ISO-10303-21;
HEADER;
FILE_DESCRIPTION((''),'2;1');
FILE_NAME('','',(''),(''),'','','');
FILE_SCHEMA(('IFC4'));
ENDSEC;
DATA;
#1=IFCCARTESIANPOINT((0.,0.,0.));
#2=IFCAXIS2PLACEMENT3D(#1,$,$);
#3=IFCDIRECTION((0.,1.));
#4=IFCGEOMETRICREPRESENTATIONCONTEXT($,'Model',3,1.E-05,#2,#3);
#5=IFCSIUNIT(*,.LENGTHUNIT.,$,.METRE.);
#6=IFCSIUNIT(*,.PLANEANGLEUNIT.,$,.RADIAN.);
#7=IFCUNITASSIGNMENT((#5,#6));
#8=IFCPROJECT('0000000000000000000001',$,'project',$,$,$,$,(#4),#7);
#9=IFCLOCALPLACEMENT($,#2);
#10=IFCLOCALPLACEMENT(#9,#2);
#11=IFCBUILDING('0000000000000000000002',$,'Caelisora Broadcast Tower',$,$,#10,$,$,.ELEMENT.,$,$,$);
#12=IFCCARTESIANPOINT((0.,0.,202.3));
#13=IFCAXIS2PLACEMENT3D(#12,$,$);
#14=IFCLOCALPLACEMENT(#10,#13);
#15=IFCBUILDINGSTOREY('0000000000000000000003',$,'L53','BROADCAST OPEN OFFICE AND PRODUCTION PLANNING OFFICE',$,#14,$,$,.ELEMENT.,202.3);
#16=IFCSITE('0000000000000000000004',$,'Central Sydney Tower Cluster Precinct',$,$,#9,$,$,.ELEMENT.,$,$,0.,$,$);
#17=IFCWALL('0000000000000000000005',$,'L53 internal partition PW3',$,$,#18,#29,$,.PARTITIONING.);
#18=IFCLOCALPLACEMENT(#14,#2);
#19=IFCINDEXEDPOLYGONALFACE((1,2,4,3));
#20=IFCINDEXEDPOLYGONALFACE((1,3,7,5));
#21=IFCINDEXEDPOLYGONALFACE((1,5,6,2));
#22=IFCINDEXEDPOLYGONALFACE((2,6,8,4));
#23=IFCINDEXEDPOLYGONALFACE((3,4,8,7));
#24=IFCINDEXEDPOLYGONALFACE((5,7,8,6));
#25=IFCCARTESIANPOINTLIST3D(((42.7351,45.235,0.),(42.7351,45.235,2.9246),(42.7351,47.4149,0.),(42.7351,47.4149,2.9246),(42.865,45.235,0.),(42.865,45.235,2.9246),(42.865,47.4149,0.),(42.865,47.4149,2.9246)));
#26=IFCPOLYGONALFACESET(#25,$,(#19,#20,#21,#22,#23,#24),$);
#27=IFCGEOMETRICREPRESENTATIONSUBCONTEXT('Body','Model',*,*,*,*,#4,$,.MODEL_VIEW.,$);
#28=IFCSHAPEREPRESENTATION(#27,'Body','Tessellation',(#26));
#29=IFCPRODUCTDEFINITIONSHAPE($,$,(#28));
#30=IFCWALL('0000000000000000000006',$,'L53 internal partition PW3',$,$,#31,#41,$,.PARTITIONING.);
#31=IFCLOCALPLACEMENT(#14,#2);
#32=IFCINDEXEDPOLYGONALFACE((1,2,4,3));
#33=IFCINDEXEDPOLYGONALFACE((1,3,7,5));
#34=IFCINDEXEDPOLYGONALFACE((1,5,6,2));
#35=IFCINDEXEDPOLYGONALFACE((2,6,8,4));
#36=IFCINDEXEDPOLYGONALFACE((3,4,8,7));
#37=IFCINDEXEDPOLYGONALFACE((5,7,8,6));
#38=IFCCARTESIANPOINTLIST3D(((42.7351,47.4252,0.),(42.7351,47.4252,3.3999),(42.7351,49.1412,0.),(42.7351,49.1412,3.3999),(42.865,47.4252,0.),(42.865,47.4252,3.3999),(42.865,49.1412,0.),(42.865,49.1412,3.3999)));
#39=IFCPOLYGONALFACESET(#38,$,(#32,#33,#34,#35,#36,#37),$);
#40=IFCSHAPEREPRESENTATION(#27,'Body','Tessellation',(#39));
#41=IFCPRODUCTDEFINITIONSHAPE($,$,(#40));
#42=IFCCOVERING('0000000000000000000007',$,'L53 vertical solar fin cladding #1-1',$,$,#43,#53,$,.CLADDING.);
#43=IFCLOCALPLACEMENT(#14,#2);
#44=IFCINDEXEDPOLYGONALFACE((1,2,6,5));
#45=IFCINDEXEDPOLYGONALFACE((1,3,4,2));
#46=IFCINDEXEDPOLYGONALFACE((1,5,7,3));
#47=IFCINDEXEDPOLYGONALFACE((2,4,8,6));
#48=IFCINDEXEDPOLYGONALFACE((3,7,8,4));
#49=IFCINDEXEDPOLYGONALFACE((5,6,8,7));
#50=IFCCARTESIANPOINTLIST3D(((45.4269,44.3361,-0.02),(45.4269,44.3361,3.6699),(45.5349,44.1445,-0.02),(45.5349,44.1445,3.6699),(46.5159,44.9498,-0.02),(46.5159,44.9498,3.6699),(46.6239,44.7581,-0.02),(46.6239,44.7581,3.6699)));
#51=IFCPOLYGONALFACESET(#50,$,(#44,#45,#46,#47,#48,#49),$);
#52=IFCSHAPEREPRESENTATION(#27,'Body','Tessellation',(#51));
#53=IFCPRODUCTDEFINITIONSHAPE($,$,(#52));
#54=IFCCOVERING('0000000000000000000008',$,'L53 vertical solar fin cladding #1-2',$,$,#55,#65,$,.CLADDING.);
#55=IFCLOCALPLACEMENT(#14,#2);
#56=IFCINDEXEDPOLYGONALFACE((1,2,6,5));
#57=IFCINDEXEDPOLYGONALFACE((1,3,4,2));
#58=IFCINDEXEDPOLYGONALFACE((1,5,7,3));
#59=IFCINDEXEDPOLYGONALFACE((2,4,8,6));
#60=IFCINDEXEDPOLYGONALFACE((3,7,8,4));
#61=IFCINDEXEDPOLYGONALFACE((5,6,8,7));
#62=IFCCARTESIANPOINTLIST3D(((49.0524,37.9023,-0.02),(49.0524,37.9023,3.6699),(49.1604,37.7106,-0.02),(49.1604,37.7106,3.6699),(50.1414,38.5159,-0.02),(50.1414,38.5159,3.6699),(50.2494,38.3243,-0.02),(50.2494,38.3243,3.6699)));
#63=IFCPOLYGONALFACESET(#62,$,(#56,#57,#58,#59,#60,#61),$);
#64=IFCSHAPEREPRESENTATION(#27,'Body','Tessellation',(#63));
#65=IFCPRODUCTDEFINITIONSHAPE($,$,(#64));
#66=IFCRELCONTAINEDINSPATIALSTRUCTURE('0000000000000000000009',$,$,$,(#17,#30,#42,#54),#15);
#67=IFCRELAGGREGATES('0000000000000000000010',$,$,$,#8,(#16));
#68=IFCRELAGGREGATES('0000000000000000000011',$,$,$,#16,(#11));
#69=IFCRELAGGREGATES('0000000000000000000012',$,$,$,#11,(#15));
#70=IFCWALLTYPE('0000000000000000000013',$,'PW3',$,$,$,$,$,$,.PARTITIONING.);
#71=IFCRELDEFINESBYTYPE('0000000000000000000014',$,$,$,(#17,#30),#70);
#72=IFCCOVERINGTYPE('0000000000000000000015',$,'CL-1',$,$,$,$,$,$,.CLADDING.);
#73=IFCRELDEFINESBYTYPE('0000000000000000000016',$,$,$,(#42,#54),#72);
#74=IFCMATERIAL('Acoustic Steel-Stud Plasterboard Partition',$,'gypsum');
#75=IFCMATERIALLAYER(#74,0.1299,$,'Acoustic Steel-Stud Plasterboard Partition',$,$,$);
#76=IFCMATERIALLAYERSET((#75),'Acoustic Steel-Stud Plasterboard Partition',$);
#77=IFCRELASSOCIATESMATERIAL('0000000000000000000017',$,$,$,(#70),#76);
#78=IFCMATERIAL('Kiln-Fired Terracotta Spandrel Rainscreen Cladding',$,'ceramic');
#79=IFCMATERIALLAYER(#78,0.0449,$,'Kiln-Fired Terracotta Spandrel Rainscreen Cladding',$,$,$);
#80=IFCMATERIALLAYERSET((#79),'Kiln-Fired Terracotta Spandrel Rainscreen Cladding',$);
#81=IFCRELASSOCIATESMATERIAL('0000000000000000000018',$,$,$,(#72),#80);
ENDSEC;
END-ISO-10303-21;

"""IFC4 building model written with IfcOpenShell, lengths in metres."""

from ifc_helpers import new_model, si_unit, direction, frame, frame_2d, origin, origin_2d, place, context, subcontext, project, spatial, rectangle, extrude, source, transform, mapped, material, layer, layer_set, type_object, type_shapes, element, save


model = new_model("IFC4")

# Units and contexts
model_context = context("Model", 3, precision=1e-05, world=origin(), true_north=direction((0.0, 1.0)))
body_context = subcontext(model_context, "Body", "Model", "MODEL_VIEW")
ifc_project = project(units=[si_unit("LENGTHUNIT", "METRE"), si_unit("PLANEANGLEUNIT", "RADIAN")], contexts=[model_context])

# Site, building, storey
site_placement = place(None, origin())
site = spatial("IfcSite", under=ifc_project, at=site_placement, Name="Central Sydney Tower Cluster Precinct", CompositionType="ELEMENT", RefElevation=0.0)
building_placement = place(site_placement, origin())
building = spatial("IfcBuilding", under=site, at=building_placement, Name="Caelisora Broadcast Tower", CompositionType="ELEMENT")
storey_placement = place(building_placement, frame((0.0, 0.0, 202.3)))
storey = spatial("IfcBuildingStorey", under=building, at=storey_placement, Name="L53", Description="BROADCAST OPEN OFFICE AND PRODUCTION PLANNING OFFICE", CompositionType="ELEMENT", Elevation=202.3)

# Shared definitions
ifc_material_1 = material(Name="Acoustic Steel-Stud Plasterboard Partition", Category="gypsum")
ifc_layer_1 = layer(ifc_material_1, 0.1299, Name="Acoustic Steel-Stud Plasterboard Partition")
ifc_layer_set_1 = layer_set([ifc_layer_1], Name="Acoustic Steel-Stud Plasterboard Partition")
wall_type = type_object("IfcWallType", Name="PW3", PredefinedType="PARTITIONING", material=ifc_layer_set_1)

# Walls
wall_1_placement = place(storey_placement, frame((42.8, 45.2351, 0.0), z_axis=(0.0, 0.0, 1.0), x_axis=(0.0, 1.0, 0.0)))
element("IfcWall", 1, at=wall_1_placement, inside=storey, type_object=wall_type, Name="L53 internal partition PW3", PredefinedType="PARTITIONING", context=body_context, shape_type="SweptSolid", body=[
    extrude(rectangle(XDim=2.1799, YDim=0.1299, at=frame_2d((1.0898, 0.0))), origin(), (0.0, 0.0, 1.0), 2.9246),
])
wall_2_placement = place(storey_placement, frame((42.8, 49.1411, 0.0), z_axis=(0.0, 0.0, 1.0), x_axis=(0.0, -1.0, 0.0)))
element("IfcWall", 2, at=wall_2_placement, inside=storey, type_object=wall_type, Name="L53 internal partition PW3", PredefinedType="PARTITIONING", context=body_context, shape_type="SweptSolid", body=[
    extrude(rectangle(XDim=1.7161, YDim=0.1299, at=frame_2d((0.8579, 0.0))), origin(), (0.0, 0.0, 1.0), 3.3999),
])

# Coverings
ifc_material_2 = material(Name="Kiln-Fired Terracotta Spandrel Rainscreen Cladding", Category="ceramic")
ifc_layer_2 = layer(ifc_material_2, 0.0449, Name="Kiln-Fired Terracotta Spandrel Rainscreen Cladding")
ifc_layer_set_2 = layer_set([ifc_layer_2], Name="Kiln-Fired Terracotta Spandrel Rainscreen Cladding")
covering_type = type_object("IfcCoveringType", Name="CL-1", PredefinedType="CLADDING", material=ifc_layer_set_2)
shared_shape_1 = source(origin(), body_context, "Body", "SweptSolid", [
    extrude(rectangle(XDim=0.22, YDim=1.25, at=origin_2d()), origin(), (0.0, 0.0, 1.0), 3.6899),
])
type_shapes(covering_type, [shared_shape_1])
for number, where, z_axis, x_axis, name in (
    (3, (46.0254, 44.5471, -0.02), (0.0, 0.0, 1.0), (0.490904, -0.871214, 0.0), "L53 vertical solar fin cladding #1-1"),
    (4, (49.6509, 38.1133, -0.02), (0.0, 0.0, 1.0), (0.490904, -0.871214, 0.0), "L53 vertical solar fin cladding #1-2"),
):
    element("IfcCovering", number, at=place(storey_placement, frame(where, z_axis=z_axis, x_axis=x_axis)), inside=storey, type_object=covering_type, Name=name, PredefinedType="CLADDING", context=body_context, shape_type="MappedRepresentation", body=[
        mapped(shared_shape_1, transform((0.0, 0.0, 0.0), scale=1.0)),
    ])

save(model, "model.ifc")
